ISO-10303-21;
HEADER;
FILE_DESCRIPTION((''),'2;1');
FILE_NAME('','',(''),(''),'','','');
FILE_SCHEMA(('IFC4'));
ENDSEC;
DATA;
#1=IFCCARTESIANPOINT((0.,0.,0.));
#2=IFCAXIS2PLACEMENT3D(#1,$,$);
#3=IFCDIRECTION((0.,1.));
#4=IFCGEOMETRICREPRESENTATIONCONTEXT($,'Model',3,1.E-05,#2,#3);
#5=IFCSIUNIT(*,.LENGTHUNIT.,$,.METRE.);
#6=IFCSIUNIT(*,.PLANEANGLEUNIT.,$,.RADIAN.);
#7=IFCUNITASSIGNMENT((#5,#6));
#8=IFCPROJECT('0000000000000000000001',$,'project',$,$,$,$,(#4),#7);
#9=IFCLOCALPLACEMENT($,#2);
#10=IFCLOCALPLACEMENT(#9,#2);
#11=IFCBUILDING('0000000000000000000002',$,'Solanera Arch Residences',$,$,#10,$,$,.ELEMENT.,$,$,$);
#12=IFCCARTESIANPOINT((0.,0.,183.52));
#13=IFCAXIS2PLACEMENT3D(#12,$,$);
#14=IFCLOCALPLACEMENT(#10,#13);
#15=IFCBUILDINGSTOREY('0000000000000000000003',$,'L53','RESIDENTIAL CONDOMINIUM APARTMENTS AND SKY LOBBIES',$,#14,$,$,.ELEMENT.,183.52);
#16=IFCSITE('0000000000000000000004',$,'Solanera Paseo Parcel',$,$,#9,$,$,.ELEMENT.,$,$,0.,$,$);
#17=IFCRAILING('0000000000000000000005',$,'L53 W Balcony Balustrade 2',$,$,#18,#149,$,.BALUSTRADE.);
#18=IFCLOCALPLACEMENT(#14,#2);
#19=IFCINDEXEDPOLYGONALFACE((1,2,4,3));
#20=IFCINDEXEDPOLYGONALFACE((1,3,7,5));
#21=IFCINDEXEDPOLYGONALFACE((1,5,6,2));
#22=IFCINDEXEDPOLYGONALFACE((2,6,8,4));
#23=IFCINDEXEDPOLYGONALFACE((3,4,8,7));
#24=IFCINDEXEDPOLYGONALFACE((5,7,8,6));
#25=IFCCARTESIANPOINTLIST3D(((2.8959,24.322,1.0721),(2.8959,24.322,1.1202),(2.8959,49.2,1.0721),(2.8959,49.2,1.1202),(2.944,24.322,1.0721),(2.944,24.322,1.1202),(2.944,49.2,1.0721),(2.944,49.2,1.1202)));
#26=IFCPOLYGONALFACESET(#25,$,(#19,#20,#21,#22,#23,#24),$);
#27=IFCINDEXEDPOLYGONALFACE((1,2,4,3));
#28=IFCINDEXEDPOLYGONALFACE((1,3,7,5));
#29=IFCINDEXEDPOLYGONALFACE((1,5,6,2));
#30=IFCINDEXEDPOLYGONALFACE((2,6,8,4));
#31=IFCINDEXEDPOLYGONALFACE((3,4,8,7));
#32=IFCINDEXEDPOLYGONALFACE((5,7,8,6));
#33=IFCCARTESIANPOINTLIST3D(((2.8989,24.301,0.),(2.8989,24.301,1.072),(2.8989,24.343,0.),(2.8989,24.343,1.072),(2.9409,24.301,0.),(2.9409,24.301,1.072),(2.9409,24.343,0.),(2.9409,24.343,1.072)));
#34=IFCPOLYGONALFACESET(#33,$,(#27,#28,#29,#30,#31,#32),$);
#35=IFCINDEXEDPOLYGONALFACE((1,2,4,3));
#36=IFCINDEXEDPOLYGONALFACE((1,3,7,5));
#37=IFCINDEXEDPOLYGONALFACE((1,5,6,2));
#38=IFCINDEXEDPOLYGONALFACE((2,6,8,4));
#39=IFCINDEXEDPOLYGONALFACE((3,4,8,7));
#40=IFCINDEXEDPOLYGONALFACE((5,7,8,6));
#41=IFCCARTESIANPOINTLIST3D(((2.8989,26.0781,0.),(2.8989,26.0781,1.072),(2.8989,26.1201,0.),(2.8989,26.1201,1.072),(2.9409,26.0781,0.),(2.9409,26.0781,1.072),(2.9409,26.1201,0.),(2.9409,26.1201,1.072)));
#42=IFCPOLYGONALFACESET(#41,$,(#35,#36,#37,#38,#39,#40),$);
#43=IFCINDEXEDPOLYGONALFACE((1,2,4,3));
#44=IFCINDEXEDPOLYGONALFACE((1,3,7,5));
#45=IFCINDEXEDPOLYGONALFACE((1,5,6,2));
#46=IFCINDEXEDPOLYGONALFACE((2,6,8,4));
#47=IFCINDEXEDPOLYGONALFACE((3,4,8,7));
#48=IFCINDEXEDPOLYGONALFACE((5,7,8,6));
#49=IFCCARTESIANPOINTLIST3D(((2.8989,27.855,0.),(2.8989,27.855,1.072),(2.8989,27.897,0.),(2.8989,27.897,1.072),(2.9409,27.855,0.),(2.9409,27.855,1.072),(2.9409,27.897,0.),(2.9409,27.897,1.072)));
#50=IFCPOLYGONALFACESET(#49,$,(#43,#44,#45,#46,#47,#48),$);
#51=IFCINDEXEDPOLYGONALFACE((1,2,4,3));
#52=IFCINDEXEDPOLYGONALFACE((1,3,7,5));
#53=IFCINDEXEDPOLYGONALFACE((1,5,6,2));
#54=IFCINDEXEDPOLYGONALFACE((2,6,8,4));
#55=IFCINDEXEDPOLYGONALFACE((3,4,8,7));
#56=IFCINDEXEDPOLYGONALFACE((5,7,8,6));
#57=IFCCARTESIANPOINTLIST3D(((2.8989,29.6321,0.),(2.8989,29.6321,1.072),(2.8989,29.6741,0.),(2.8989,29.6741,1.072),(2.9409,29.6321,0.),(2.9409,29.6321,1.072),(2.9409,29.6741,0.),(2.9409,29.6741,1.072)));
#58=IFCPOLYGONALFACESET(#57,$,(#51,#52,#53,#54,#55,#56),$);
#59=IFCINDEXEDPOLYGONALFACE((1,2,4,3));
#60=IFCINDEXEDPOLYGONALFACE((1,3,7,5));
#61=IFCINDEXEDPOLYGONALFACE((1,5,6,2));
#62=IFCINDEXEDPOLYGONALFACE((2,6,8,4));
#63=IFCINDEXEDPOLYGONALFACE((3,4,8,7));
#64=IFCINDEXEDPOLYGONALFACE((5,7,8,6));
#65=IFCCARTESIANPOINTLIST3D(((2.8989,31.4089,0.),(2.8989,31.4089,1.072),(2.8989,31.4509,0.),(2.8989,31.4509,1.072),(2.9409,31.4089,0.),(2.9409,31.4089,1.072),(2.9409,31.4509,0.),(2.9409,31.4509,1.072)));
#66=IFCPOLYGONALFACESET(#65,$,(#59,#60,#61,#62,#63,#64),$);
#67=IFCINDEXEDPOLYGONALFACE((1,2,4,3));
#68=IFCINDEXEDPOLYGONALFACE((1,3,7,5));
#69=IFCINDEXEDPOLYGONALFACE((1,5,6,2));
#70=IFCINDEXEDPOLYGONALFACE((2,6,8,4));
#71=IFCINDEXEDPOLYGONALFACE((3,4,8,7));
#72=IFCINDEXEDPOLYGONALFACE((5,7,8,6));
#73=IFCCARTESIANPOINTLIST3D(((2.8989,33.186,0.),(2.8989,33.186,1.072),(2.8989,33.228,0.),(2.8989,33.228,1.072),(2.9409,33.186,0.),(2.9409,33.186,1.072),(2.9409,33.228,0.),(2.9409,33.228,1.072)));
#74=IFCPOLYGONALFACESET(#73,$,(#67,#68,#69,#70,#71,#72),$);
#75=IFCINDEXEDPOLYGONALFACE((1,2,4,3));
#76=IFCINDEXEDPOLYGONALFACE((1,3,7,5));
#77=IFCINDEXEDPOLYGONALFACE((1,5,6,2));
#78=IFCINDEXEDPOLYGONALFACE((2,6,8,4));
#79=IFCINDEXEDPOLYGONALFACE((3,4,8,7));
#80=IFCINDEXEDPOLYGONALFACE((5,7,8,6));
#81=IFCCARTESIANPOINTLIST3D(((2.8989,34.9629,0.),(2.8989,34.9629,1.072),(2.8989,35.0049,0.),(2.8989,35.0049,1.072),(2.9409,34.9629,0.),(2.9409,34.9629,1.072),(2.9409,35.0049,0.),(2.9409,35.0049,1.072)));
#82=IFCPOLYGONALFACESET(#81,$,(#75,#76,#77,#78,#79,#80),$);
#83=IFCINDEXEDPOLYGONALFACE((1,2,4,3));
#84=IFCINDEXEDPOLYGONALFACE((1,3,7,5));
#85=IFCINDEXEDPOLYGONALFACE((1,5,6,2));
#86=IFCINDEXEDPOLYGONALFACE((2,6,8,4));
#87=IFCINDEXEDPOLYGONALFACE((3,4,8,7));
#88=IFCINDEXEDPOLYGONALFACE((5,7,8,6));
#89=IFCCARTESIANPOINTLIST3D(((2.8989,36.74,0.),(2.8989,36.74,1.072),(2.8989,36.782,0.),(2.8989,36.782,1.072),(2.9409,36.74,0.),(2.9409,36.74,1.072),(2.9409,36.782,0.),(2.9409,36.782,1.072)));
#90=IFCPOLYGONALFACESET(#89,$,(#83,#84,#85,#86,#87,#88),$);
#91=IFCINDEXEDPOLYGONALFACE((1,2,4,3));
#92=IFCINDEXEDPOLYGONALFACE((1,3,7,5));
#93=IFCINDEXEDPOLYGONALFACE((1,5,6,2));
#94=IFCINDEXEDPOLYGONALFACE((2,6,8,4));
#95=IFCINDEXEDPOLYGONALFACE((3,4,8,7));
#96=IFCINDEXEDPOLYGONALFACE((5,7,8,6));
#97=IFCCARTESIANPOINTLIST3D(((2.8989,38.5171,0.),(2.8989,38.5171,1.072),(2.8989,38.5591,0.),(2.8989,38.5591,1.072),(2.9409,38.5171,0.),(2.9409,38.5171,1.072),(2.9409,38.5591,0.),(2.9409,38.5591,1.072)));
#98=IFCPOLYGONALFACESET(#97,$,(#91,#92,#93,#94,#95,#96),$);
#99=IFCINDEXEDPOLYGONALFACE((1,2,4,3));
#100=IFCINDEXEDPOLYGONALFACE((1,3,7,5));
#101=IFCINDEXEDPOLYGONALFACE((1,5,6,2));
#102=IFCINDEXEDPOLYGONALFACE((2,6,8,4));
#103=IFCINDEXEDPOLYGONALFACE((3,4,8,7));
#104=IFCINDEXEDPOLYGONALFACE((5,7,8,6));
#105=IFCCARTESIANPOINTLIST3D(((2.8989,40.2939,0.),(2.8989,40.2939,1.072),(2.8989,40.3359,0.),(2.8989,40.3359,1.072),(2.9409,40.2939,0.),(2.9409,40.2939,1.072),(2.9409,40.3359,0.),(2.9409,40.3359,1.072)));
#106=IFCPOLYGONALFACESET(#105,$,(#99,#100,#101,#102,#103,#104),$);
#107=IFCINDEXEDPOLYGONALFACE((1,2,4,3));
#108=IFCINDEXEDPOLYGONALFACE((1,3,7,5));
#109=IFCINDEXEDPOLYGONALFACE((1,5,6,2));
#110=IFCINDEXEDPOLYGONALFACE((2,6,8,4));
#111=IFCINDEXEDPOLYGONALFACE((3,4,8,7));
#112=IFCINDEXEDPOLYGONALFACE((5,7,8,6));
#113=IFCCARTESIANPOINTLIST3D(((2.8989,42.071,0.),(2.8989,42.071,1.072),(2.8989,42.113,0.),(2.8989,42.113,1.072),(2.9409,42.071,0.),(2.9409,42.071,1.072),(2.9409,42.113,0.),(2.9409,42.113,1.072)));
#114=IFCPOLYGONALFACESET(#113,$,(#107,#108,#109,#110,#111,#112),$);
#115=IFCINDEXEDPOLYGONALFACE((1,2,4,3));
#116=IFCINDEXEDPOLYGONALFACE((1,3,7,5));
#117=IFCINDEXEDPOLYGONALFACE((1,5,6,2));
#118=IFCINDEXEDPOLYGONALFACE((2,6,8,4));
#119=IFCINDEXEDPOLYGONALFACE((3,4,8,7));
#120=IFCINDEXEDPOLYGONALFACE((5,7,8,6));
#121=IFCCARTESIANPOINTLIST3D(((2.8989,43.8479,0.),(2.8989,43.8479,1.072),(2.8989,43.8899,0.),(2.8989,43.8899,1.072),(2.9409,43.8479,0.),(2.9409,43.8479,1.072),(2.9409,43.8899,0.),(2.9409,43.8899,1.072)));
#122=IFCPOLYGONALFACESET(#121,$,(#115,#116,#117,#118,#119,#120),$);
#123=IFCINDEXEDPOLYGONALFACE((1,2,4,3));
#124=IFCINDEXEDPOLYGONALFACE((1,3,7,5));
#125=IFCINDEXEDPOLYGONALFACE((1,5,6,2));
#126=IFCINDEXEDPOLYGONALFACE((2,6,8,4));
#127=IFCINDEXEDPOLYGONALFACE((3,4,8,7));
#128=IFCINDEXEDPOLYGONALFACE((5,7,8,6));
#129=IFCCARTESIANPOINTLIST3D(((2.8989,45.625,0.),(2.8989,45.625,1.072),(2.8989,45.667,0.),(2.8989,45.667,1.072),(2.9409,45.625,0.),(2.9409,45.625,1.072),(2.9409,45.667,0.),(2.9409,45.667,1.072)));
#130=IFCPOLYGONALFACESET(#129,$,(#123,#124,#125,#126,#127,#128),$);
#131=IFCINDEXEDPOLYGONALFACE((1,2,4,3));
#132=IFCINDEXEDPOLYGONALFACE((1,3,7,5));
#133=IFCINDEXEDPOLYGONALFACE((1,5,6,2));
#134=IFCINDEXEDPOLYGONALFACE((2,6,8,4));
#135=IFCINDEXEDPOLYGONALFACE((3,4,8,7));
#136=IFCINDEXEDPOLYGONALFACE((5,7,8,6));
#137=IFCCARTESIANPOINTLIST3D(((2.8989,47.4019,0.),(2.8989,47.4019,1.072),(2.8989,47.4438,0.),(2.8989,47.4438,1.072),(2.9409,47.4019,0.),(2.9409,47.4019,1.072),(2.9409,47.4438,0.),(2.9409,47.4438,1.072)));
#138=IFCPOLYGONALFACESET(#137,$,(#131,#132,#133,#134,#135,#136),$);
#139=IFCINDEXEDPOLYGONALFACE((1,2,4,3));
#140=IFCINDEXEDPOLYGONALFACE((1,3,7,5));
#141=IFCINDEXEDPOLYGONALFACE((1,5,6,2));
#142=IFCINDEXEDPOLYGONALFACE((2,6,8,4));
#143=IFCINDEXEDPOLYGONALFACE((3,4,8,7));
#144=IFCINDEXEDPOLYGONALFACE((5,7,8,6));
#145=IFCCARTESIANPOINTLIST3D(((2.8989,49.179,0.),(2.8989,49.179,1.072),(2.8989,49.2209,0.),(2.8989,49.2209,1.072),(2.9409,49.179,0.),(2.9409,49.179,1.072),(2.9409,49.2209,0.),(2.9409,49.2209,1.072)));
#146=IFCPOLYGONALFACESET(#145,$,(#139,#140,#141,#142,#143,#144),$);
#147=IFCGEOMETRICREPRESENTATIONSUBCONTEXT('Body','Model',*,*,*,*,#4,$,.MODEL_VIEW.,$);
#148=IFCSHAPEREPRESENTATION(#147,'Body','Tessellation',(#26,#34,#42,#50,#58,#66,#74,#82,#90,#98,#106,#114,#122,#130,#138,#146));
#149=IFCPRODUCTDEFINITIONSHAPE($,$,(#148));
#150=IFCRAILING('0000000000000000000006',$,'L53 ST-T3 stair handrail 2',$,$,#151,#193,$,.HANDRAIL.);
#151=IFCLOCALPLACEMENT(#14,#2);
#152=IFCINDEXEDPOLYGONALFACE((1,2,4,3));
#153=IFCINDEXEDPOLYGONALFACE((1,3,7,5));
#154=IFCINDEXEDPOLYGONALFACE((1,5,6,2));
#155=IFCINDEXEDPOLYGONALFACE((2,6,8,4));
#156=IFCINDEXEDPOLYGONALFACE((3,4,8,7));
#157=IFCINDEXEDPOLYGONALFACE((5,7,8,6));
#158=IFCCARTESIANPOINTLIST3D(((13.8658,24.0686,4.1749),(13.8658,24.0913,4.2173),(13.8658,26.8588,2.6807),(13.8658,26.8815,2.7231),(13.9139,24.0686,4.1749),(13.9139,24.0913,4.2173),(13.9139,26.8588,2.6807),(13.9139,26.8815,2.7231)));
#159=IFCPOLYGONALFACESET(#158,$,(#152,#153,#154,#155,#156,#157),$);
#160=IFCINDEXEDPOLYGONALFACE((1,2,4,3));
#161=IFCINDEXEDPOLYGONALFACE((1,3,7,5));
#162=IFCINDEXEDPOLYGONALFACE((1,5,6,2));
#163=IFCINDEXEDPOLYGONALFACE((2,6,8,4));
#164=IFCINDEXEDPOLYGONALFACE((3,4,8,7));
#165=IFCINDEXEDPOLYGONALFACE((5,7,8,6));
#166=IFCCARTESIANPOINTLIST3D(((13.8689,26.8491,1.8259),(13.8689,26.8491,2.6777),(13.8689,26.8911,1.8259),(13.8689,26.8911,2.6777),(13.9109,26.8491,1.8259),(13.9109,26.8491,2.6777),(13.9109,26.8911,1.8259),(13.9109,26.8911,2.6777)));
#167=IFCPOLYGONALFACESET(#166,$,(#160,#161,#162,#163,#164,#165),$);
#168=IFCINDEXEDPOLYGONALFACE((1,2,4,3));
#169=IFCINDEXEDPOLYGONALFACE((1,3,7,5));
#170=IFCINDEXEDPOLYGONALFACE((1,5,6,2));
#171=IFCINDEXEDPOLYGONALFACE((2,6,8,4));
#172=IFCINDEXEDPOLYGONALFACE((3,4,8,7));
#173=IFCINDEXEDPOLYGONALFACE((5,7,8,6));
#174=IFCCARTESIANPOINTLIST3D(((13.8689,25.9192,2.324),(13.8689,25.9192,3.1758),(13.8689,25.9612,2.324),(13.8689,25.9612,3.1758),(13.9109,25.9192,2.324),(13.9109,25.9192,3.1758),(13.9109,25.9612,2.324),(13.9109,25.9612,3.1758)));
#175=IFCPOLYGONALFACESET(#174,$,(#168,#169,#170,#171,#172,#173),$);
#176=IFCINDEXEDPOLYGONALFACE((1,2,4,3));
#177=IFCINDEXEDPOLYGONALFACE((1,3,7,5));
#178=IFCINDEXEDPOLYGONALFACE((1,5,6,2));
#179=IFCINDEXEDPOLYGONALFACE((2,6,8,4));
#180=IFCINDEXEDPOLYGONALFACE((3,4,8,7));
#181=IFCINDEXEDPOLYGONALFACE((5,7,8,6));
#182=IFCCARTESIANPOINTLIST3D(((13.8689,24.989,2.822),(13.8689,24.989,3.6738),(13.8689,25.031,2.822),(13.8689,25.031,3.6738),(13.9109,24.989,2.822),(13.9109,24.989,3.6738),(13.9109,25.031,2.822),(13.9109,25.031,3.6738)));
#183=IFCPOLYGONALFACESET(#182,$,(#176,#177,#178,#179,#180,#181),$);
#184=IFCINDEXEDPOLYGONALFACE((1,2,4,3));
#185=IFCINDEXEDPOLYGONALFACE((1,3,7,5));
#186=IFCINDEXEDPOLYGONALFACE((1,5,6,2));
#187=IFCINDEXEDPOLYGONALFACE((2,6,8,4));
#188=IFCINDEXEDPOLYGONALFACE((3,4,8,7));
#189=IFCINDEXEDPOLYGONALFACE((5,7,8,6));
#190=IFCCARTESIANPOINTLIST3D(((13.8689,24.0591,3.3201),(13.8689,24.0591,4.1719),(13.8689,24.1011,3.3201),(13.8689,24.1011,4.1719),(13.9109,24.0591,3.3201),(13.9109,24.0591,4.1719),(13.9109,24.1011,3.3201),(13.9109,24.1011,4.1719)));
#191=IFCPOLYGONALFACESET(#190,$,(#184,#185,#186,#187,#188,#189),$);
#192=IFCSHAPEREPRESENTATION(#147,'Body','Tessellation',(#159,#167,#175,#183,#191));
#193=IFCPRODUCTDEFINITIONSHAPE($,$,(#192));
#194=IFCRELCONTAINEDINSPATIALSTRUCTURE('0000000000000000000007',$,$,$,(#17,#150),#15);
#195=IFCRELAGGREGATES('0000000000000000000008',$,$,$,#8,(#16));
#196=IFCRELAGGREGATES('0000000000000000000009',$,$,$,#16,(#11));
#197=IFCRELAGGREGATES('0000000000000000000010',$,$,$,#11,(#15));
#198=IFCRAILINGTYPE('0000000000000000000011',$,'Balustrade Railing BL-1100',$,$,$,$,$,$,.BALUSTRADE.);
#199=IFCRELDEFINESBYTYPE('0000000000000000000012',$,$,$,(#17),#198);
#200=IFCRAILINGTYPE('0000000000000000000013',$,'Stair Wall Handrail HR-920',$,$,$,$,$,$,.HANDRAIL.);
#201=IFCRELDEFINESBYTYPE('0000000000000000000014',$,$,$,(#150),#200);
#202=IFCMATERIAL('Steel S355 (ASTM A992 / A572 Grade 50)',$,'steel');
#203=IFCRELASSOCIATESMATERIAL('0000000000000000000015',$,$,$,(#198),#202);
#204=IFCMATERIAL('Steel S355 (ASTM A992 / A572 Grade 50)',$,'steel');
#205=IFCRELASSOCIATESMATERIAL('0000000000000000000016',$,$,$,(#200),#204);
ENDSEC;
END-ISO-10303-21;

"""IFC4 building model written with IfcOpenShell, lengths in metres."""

from ifc_helpers import new_model, si_unit, direction, frame, origin, origin_2d, place, context, subcontext, project, spatial, rectangle, extrude, material, type_object, element, save


model = new_model("IFC4")

# Units and contexts
model_context = context("Model", 3, precision=1e-05, world=origin(), true_north=direction((0.0, 1.0)))
body_context = subcontext(model_context, "Body", "Model", "MODEL_VIEW")
ifc_project = project(units=[si_unit("LENGTHUNIT", "METRE"), si_unit("PLANEANGLEUNIT", "RADIAN")], contexts=[model_context])

# Site, building, storey
site_placement = place(None, origin())
site = spatial("IfcSite", under=ifc_project, at=site_placement, Name="Solanera Paseo Parcel", CompositionType="ELEMENT", RefElevation=0.0)
building_placement = place(site_placement, origin())
building = spatial("IfcBuilding", under=site, at=building_placement, Name="Solanera Arch Residences", CompositionType="ELEMENT")
storey_placement = place(building_placement, frame((0.0, 0.0, 183.52)))
storey = spatial("IfcBuildingStorey", under=building, at=storey_placement, Name="L53", Description="RESIDENTIAL CONDOMINIUM APARTMENTS AND SKY LOBBIES", CompositionType="ELEMENT", Elevation=183.52)

# Railings
ifc_material_1 = material(Name="Steel S355 (ASTM A992 / A572 Grade 50)", Category="steel")
railing_type_1 = type_object("IfcRailingType", Name="Balustrade Railing BL-1100", PredefinedType="BALUSTRADE", material=ifc_material_1)
railing_1_placement = place(storey_placement, frame((2.9199, 24.322, 0.0)))
element("IfcRailing", 1, at=railing_1_placement, inside=storey, type_object=railing_type_1, Name="L53 W Balcony Balustrade 2", PredefinedType="BALUSTRADE", context=body_context, shape_type="SweptSolid", body=[
    extrude(rectangle(XDim=0.0481, YDim=0.0481, at=origin_2d()), frame((0.0, 0.0, 1.0962), z_axis=(0.0, 1.0, 0.0), x_axis=(-1.0, 0.0, 0.0)), (0.0, 0.0, 1.0), 24.8779),
    extrude(rectangle(XDim=0.042, YDim=0.042, at=origin_2d()), origin(), (0.0, 0.0, 1.0), 1.072),
    extrude(rectangle(XDim=0.042, YDim=0.042, at=origin_2d()), frame((0.0, 1.7771, 0.0)), (0.0, 0.0, 1.0), 1.072),
    extrude(rectangle(XDim=0.042, YDim=0.042, at=origin_2d()), frame((0.0, 3.554, 0.0)), (0.0, 0.0, 1.0), 1.072),
    extrude(rectangle(XDim=0.042, YDim=0.042, at=origin_2d()), frame((0.0, 5.3311, 0.0)), (0.0, 0.0, 1.0), 1.072),
    extrude(rectangle(XDim=0.042, YDim=0.042, at=origin_2d()), frame((0.0, 7.1079, 0.0)), (0.0, 0.0, 1.0), 1.072),
    extrude(rectangle(XDim=0.042, YDim=0.042, at=origin_2d()), frame((0.0, 8.885, 0.0)), (0.0, 0.0, 1.0), 1.072),
    extrude(rectangle(XDim=0.042, YDim=0.042, at=origin_2d()), frame((0.0, 10.6619, 0.0)), (0.0, 0.0, 1.0), 1.072),
    extrude(rectangle(XDim=0.042, YDim=0.042, at=origin_2d()), frame((0.0, 12.439, 0.0)), (0.0, 0.0, 1.0), 1.072),
    extrude(rectangle(XDim=0.042, YDim=0.042, at=origin_2d()), frame((0.0, 14.2161, 0.0)), (0.0, 0.0, 1.0), 1.072),
    extrude(rectangle(XDim=0.042, YDim=0.042, at=origin_2d()), frame((0.0, 15.9929, 0.0)), (0.0, 0.0, 1.0), 1.072),
    extrude(rectangle(XDim=0.042, YDim=0.042, at=origin_2d()), frame((0.0, 17.77, 0.0)), (0.0, 0.0, 1.0), 1.072),
    extrude(rectangle(XDim=0.042, YDim=0.042, at=origin_2d()), frame((0.0, 19.5469, 0.0)), (0.0, 0.0, 1.0), 1.072),
    extrude(rectangle(XDim=0.042, YDim=0.042, at=origin_2d()), frame((0.0, 21.324, 0.0)), (0.0, 0.0, 1.0), 1.072),
    extrude(rectangle(XDim=0.042, YDim=0.042, at=origin_2d()), frame((0.0, 23.1008, 0.0)), (0.0, 0.0, 1.0), 1.072),
    extrude(rectangle(XDim=0.042, YDim=0.042, at=origin_2d()), frame((0.0, 24.8779, 0.0)), (0.0, 0.0, 1.0), 1.072),
])
ifc_material_2 = material(Name="Steel S355 (ASTM A992 / A572 Grade 50)", Category="steel")
railing_type_2 = type_object("IfcRailingType", Name="Stair Wall Handrail HR-920", PredefinedType="HANDRAIL", material=ifc_material_2)
railing_2_placement = place(storey_placement, frame((13.8899, 26.8701, 1.8259)))
element("IfcRailing", 2, at=railing_2_placement, inside=storey, type_object=railing_type_2, Name="L53 ST-T3 stair handrail 2", PredefinedType="HANDRAIL", context=body_context, shape_type="SweptSolid", body=[
    extrude(rectangle(XDim=0.0481, YDim=0.0481, at=origin_2d()), frame((0.0, 0.0, 0.876), z_axis=(0.0, -0.881549, 0.472093), x_axis=(1.0, 0.0, 0.0)), (0.0, 0.0, 1.0), 3.165),
    extrude(rectangle(XDim=0.042, YDim=0.042, at=origin_2d()), origin(), (0.0, 0.0, 1.0), 0.8518),
    extrude(rectangle(XDim=0.042, YDim=0.042, at=origin_2d()), frame((0.0, -0.9299, 0.498)), (0.0, 0.0, 1.0), 0.8518),
    extrude(rectangle(XDim=0.042, YDim=0.042, at=origin_2d()), frame((0.0, -1.8601, 0.9961)), (0.0, 0.0, 1.0), 0.8518),
    extrude(rectangle(XDim=0.042, YDim=0.042, at=origin_2d()), frame((0.0, -2.79, 1.4941)), (0.0, 0.0, 1.0), 0.8518),
])

save(model, "model.ifc")
